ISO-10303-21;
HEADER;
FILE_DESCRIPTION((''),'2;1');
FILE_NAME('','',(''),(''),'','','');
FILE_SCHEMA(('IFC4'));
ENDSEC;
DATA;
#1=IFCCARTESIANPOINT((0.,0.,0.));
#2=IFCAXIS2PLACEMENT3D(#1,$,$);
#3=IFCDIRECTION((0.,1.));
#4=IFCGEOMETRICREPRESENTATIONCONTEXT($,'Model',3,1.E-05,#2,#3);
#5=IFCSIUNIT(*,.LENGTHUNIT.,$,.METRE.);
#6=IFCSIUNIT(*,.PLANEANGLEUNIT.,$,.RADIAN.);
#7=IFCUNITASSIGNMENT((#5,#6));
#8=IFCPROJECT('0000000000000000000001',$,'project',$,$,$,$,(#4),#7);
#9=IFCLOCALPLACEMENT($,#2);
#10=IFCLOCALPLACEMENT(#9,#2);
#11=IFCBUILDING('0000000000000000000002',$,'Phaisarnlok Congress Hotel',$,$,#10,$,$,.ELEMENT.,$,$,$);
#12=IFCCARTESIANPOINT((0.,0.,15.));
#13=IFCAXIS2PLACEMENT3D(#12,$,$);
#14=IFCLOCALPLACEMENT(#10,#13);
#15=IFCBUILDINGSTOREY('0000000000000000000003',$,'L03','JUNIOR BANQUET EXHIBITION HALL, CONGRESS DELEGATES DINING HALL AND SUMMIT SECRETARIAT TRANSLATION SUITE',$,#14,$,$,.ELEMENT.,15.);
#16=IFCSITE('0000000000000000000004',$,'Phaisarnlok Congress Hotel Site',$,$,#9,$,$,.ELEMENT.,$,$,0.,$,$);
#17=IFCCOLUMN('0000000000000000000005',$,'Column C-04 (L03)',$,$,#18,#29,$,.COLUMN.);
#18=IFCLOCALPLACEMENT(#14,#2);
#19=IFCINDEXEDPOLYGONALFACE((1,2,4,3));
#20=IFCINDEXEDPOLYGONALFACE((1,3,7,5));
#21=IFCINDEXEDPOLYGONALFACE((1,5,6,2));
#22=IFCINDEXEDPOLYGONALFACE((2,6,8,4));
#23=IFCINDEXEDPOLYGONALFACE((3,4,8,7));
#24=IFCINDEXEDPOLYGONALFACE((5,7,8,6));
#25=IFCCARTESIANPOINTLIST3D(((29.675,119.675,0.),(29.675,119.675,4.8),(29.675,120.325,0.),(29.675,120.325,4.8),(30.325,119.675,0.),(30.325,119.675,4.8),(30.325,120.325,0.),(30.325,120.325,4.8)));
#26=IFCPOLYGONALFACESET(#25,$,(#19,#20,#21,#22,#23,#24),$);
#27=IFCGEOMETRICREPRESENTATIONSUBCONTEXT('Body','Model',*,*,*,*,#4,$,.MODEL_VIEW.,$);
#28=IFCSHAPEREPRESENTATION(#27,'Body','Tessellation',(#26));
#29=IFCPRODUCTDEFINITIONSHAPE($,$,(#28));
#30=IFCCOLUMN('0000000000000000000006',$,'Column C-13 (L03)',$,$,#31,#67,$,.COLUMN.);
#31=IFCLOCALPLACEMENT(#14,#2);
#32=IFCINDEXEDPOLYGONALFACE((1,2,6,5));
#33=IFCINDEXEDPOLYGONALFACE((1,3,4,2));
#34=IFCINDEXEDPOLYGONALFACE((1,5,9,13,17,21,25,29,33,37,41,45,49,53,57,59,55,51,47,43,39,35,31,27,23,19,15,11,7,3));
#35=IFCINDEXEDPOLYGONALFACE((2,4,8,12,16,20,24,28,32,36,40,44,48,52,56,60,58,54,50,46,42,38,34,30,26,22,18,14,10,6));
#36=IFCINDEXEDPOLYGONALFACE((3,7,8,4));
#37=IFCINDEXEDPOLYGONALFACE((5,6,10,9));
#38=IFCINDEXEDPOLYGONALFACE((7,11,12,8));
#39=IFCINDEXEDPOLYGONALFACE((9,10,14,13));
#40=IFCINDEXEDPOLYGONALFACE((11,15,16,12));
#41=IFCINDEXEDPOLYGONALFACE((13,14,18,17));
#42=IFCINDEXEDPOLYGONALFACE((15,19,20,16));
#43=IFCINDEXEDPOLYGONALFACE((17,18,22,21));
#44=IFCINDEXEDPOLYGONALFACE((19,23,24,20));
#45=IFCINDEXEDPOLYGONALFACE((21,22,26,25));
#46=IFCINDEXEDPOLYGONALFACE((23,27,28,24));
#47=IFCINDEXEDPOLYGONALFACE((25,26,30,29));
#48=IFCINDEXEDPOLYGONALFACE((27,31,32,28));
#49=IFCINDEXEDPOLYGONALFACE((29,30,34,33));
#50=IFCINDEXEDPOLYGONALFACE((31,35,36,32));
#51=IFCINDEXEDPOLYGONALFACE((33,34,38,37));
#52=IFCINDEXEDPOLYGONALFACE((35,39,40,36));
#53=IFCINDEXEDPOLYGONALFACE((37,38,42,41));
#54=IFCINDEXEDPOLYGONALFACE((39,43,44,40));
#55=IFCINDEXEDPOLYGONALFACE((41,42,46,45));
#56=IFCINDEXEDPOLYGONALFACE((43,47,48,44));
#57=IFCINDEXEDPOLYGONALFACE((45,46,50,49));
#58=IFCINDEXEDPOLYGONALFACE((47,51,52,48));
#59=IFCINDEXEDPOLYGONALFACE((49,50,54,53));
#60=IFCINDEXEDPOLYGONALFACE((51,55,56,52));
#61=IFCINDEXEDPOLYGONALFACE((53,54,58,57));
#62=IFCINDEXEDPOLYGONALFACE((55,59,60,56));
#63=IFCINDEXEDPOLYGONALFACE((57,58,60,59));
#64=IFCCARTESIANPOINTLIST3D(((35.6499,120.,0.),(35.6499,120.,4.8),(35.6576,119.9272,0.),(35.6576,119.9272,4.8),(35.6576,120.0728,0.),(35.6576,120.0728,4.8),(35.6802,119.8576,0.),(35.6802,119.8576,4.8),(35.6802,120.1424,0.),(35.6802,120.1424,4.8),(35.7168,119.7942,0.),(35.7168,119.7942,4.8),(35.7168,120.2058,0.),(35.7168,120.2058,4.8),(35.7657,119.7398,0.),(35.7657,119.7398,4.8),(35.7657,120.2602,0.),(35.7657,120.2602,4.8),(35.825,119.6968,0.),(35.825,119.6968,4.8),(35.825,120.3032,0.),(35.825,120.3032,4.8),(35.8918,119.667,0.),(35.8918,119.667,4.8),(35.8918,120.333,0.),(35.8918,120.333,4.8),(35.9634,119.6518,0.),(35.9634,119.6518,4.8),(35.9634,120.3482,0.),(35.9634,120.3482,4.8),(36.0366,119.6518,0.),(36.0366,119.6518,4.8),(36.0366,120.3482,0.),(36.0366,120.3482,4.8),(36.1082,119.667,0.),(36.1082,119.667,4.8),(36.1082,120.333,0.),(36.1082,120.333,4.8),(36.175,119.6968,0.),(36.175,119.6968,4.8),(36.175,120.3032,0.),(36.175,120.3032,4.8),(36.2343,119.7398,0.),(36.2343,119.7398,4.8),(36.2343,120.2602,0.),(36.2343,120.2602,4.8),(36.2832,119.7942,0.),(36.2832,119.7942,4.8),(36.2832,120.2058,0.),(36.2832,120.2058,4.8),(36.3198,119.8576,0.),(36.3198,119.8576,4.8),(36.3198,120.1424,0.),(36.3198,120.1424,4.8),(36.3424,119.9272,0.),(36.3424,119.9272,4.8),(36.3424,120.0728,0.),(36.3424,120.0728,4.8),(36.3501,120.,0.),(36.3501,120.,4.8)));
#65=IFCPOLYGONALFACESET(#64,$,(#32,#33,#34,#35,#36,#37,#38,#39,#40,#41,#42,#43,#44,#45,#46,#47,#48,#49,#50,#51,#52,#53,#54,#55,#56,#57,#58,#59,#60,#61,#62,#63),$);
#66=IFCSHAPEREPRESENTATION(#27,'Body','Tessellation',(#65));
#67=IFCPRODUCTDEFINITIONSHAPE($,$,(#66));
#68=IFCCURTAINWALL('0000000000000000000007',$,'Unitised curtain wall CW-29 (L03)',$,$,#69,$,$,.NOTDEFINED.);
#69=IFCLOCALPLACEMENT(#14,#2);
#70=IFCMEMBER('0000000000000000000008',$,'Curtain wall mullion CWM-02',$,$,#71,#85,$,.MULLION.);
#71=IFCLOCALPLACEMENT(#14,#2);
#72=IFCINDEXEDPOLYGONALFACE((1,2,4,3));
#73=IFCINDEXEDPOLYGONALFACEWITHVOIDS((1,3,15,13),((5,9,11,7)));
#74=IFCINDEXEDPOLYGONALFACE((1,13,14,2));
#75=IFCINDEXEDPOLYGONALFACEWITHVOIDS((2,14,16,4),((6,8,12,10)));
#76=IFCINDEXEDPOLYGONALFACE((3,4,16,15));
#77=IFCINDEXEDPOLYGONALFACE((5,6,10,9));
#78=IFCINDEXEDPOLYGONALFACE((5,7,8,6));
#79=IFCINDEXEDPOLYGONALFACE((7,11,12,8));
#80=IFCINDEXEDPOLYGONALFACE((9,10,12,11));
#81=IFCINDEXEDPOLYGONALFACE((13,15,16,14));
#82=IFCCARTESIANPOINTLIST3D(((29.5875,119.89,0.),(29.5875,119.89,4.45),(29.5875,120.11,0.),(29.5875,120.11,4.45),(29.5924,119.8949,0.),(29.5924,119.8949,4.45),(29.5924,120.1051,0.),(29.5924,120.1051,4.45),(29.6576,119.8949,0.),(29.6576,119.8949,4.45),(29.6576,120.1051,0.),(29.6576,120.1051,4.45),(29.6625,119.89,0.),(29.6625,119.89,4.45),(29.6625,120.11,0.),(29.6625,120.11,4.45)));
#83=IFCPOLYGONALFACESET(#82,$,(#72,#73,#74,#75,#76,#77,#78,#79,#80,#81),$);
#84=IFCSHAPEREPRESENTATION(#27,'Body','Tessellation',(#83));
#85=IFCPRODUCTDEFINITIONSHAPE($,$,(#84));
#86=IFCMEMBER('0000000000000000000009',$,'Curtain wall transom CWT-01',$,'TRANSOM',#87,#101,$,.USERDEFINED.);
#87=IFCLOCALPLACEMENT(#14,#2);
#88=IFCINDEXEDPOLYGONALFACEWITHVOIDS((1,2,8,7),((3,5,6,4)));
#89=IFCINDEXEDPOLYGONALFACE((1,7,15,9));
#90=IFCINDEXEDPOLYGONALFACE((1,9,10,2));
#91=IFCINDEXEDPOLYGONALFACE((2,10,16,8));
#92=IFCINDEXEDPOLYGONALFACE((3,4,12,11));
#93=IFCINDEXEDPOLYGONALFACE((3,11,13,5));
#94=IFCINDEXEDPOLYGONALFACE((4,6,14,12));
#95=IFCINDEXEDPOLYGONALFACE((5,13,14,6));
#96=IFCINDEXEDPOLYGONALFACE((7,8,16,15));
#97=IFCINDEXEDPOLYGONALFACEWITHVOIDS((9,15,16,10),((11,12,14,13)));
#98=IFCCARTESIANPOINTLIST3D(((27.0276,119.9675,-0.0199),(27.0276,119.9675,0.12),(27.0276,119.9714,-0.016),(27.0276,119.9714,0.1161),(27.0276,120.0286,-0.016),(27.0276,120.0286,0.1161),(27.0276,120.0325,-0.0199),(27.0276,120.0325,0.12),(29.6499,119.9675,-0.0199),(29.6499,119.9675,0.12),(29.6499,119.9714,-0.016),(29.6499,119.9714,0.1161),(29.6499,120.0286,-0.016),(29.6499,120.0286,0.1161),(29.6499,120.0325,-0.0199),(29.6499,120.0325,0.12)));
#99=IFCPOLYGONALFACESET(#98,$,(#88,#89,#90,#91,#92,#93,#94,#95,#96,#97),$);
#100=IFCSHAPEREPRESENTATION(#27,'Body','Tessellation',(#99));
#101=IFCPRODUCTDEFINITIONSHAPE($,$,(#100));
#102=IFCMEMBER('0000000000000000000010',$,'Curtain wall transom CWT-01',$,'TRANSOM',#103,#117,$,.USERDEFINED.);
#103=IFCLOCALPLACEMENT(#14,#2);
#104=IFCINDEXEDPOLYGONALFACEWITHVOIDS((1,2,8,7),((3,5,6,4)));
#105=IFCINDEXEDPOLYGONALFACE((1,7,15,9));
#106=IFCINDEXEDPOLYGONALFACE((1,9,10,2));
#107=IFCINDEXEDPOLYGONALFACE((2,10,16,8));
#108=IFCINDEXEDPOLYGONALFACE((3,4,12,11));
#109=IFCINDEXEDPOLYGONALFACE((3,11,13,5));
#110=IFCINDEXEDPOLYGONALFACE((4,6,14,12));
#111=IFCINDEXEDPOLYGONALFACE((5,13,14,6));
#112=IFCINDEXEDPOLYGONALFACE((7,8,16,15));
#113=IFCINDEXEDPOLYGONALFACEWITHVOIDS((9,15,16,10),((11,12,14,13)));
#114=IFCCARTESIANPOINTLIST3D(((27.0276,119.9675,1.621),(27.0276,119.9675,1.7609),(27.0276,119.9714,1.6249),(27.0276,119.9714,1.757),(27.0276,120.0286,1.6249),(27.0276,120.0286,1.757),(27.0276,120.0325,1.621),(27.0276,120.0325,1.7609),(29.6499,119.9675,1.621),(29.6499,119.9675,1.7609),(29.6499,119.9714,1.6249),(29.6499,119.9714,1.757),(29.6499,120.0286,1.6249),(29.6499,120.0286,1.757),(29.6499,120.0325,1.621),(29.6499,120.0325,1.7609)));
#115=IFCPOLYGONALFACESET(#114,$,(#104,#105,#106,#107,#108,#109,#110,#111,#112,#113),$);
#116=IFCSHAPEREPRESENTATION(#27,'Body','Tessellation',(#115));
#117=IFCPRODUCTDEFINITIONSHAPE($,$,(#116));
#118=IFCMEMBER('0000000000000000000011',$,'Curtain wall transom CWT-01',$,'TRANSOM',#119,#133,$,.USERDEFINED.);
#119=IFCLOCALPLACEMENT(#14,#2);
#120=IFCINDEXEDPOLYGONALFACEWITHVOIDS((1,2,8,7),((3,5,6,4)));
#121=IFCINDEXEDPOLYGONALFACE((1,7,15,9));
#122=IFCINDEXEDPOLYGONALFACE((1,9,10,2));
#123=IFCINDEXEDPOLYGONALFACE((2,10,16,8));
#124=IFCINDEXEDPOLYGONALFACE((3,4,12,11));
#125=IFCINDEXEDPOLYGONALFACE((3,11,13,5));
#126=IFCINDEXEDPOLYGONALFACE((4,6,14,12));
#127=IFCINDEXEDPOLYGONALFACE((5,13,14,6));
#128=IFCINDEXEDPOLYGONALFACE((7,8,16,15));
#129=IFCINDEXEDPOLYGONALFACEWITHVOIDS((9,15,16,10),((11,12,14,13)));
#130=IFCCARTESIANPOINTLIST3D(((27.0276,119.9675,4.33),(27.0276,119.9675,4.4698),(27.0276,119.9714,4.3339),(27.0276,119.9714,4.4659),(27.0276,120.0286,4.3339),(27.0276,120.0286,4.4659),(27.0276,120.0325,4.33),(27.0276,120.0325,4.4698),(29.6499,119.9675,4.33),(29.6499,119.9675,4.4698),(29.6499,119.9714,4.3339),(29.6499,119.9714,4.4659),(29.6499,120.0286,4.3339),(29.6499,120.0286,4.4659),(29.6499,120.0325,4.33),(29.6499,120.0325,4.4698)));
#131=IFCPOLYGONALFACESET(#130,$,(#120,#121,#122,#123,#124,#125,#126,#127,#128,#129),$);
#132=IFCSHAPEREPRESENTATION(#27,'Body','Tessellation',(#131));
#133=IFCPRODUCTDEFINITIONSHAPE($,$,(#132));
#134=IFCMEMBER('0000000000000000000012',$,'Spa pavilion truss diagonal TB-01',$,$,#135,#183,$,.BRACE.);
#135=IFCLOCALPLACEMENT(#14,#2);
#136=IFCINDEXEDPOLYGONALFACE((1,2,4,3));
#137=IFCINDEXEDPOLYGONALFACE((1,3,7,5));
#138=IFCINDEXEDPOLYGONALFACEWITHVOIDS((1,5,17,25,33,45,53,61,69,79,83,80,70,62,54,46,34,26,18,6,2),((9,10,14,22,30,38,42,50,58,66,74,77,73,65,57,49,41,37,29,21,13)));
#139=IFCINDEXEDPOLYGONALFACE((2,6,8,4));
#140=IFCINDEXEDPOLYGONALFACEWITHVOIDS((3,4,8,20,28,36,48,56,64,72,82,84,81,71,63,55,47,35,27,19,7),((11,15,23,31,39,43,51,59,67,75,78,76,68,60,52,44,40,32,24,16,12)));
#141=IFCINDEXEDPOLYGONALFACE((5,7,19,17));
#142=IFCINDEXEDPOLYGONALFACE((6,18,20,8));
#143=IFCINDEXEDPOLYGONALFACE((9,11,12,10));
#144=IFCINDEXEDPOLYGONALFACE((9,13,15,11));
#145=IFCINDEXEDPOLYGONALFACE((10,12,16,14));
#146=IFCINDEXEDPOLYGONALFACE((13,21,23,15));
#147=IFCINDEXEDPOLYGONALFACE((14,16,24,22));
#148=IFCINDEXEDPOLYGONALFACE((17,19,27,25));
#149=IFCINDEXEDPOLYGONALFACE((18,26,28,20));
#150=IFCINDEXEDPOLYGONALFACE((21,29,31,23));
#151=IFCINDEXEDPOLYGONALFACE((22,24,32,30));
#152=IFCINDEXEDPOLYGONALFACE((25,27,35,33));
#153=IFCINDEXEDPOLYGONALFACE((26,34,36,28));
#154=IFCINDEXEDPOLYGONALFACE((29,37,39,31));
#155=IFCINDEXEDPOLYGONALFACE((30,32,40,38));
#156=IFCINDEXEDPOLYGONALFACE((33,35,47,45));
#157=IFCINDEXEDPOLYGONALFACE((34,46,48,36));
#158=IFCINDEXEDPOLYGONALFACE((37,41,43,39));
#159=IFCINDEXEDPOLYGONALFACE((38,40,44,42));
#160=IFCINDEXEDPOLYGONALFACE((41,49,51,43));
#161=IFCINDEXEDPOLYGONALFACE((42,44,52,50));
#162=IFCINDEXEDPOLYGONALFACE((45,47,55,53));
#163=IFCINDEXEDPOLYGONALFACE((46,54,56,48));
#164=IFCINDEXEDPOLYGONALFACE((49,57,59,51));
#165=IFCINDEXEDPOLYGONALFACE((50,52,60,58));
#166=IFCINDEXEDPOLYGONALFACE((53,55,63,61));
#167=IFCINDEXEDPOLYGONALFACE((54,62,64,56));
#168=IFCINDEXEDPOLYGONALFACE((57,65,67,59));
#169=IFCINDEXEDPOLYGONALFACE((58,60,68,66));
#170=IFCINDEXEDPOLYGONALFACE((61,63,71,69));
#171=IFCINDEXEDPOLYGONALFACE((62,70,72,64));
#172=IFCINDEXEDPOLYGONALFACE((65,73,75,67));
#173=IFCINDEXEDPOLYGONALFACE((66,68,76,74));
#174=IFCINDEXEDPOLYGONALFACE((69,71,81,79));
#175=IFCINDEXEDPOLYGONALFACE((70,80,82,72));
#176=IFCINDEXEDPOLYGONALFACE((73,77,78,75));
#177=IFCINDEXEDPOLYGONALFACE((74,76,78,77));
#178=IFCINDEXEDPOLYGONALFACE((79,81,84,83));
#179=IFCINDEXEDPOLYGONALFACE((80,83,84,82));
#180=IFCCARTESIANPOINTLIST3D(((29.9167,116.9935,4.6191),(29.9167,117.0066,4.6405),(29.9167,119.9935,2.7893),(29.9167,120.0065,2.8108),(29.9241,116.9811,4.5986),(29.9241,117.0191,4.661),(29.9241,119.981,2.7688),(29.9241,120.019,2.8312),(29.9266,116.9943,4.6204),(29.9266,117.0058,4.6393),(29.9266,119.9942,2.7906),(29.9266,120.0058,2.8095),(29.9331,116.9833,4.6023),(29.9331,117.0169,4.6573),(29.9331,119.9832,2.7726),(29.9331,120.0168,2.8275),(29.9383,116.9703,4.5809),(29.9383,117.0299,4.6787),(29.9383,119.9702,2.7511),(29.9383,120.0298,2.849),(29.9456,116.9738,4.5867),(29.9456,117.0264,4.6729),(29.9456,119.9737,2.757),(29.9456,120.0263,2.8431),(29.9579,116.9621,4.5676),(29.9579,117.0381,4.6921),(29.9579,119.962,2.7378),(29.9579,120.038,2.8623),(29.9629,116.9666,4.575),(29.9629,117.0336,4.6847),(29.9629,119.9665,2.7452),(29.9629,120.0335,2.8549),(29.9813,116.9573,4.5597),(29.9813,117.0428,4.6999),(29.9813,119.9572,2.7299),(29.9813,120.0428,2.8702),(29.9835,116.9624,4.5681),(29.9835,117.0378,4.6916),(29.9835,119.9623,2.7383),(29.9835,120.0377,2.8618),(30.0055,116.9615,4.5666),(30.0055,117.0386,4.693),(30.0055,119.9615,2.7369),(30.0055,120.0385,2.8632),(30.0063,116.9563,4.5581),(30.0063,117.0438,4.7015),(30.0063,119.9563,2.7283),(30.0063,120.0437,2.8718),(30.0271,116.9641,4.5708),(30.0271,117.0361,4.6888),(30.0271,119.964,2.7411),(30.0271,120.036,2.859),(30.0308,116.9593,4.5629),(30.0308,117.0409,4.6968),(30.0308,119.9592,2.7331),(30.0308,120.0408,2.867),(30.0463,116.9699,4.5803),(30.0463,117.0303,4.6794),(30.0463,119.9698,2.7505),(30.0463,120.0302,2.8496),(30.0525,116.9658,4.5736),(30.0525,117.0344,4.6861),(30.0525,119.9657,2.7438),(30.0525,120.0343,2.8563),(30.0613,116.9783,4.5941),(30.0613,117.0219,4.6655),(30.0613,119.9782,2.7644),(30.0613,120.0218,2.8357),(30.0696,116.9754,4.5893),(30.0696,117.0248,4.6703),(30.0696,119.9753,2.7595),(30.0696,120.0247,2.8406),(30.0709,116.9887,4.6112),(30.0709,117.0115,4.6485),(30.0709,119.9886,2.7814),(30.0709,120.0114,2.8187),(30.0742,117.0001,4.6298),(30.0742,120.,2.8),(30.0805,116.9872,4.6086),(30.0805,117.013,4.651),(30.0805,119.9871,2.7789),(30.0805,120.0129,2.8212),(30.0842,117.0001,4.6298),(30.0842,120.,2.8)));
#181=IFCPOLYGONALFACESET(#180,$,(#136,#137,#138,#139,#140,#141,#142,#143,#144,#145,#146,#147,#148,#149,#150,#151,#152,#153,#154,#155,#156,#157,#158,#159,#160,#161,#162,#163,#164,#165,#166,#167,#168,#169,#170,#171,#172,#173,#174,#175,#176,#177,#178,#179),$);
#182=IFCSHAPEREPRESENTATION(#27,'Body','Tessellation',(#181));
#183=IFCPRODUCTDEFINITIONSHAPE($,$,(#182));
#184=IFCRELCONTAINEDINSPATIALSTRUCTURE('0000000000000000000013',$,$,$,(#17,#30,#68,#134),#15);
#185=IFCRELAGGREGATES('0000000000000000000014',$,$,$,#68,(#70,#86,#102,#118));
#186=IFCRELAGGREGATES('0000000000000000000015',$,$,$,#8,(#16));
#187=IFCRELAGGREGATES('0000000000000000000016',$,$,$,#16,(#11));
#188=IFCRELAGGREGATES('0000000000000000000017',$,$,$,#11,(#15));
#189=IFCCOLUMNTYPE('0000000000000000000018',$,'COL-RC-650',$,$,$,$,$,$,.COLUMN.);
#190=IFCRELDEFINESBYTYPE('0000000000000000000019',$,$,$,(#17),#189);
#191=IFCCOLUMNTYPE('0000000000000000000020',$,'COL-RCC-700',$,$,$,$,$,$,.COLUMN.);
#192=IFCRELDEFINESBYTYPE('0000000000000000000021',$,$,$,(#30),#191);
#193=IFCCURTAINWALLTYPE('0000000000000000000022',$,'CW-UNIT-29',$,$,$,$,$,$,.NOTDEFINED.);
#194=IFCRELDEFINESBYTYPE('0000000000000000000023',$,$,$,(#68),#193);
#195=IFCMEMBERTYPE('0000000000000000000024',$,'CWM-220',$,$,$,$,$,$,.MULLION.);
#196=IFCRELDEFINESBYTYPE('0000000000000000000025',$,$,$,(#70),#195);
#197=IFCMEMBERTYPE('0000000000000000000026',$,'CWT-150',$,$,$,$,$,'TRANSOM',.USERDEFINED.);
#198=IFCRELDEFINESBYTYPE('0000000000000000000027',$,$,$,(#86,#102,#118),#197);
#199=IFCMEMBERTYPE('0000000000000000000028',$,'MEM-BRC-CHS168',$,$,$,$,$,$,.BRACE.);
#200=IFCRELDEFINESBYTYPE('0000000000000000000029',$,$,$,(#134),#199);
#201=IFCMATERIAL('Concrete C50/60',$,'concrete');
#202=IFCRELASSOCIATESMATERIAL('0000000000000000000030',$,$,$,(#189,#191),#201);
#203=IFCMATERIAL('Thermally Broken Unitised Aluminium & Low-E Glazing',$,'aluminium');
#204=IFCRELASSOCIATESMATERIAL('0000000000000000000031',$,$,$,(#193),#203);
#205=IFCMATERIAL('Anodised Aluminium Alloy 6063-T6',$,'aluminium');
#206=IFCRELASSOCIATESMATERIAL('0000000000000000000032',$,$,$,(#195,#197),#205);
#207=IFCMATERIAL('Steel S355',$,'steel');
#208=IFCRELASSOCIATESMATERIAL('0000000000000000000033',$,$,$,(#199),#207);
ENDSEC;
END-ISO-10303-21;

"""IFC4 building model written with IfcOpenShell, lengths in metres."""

from ifc_helpers import new_model, si_unit, direction, frame, origin, origin_2d, place, context, subcontext, project, spatial, rectangle, hollow_rectangle, circle, hollow_circle, extrude, material, material_profile, profile_set, type_object, element, aggregate, save


model = new_model("IFC4")

# Units and contexts
model_context = context("Model", 3, precision=1e-05, world=origin(), true_north=direction((0.0, 1.0)))
body_context = subcontext(model_context, "Body", "Model", "MODEL_VIEW")
ifc_project = project(units=[si_unit("LENGTHUNIT", "METRE"), si_unit("PLANEANGLEUNIT", "RADIAN")], contexts=[model_context])

# Site, building, storey
site_placement = place(None, origin())
site = spatial("IfcSite", under=ifc_project, at=site_placement, Name="Phaisarnlok Congress Hotel Site", CompositionType="ELEMENT", RefElevation=0.0)
building_placement = place(site_placement, origin())
building = spatial("IfcBuilding", under=site, at=building_placement, Name="Phaisarnlok Congress Hotel", CompositionType="ELEMENT")
storey_placement = place(building_placement, frame((0.0, 0.0, 15.0)))
storey = spatial("IfcBuildingStorey", under=building, at=storey_placement, Name="L03", Description="JUNIOR BANQUET EXHIBITION HALL, CONGRESS DELEGATES DINING HALL AND SUMMIT SECRETARIAT TRANSLATION SUITE", CompositionType="ELEMENT", Elevation=15.0)

# Columns
ifc_material_1 = material(Name="Concrete C50/60", Category="concrete")
ifc_material_profile_1 = material_profile(ifc_material_1, rectangle(XDim=0.6499, YDim=0.6499, at=origin_2d()), Name="RC 650x650")
ifc_profile_set_1 = profile_set([ifc_material_profile_1], Name="Concrete C50/60")
column_type_1 = type_object("IfcColumnType", Name="COL-RC-650", PredefinedType="COLUMN", material=ifc_profile_set_1)
column_1_placement = place(storey_placement, frame((30.0, 120.0, 0.0), z_axis=(0.0, 0.0, 1.0), x_axis=(1.0, 0.0, 0.0)))
element("IfcColumn", 1, at=column_1_placement, inside=storey, type_object=column_type_1, Name="Column C-04 (L03)", PredefinedType="COLUMN", context=body_context, shape_type="SweptSolid", body=[
    extrude(rectangle(XDim=0.6499, YDim=0.6499, at=origin_2d()), origin(), (0.0, 0.0, 1.0), 4.8),
])
ifc_material_profile_2 = material_profile(ifc_material_1, circle(Radius=0.3501, at=origin_2d()), Name="RCC D700")
ifc_profile_set_2 = profile_set([ifc_material_profile_2], Name="Concrete C50/60")
column_type_2 = type_object("IfcColumnType", Name="COL-RCC-700", PredefinedType="COLUMN", material=ifc_profile_set_2)
column_2_placement = place(storey_placement, frame((36.0, 120.0, 0.0), z_axis=(0.0, 0.0, 1.0), x_axis=(1.0, 0.0, 0.0)))
element("IfcColumn", 2, at=column_2_placement, inside=storey, type_object=column_type_2, Name="Column C-13 (L03)", PredefinedType="COLUMN", context=body_context, shape_type="SweptSolid", body=[
    extrude(circle(Radius=0.3501, at=origin_2d()), origin(), (0.0, 0.0, 1.0), 4.8),
])

# Curtain wall, members
ifc_material_2 = material(Name="Thermally Broken Unitised Aluminium & Low-E Glazing", Category="aluminium")
curtain_wall_type = type_object("IfcCurtainWallType", Name="CW-UNIT-29", PredefinedType="NOTDEFINED", material=ifc_material_2)
curtain_wall_placement = place(storey_placement, origin())
curtain_wall = element("IfcCurtainWall", 3, at=curtain_wall_placement, inside=storey, type_object=curtain_wall_type, Name="Unitised curtain wall CW-29 (L03)", PredefinedType="NOTDEFINED")
ifc_material_3 = material(Name="Anodised Aluminium Alloy 6063-T6", Category="aluminium")
ifc_material_profile_3 = material_profile(ifc_material_3, hollow_rectangle(XDim=0.075, YDim=0.22, WallThickness=0.0049, at=origin_2d()), Name="ALU-M 75x220x5")
ifc_profile_set_3 = profile_set([ifc_material_profile_3], Name="Anodised Aluminium Alloy 6063-T6")
member_type_1 = type_object("IfcMemberType", Name="CWM-220", PredefinedType="MULLION", material=ifc_profile_set_3)
member_1_placement = place(storey_placement, frame((29.625, 120.0, 0.0), z_axis=(0.0, 0.0, 1.0), x_axis=(-1.0, 0.0, 0.0)))
member_1 = element("IfcMember", 4, at=member_1_placement, type_object=member_type_1, Name="Curtain wall mullion CWM-02", PredefinedType="MULLION", context=body_context, shape_type="SweptSolid", body=[
    extrude(hollow_rectangle(XDim=0.075, YDim=0.22, WallThickness=0.0049, at=origin_2d()), origin(), (0.0, 0.0, 1.0), 4.45),
])
ifc_material_profile_4 = material_profile(ifc_material_3, hollow_rectangle(XDim=0.0649, YDim=0.1399, WallThickness=0.0039, at=origin_2d()), Name="ALU-T 65x140x4")
ifc_profile_set_4 = profile_set([ifc_material_profile_4], Name="Anodised Aluminium Alloy 6063-T6")
member_type_2 = type_object("IfcMemberType", Name="CWT-150", ElementType="TRANSOM", PredefinedType="USERDEFINED", material=ifc_profile_set_4)
member_2_placement = place(storey_placement, frame((29.6499, 120.0, 0.05), z_axis=(-1.0, 0.0, 0.0), x_axis=(0.0, -1.0, 0.0)))
member_2 = element("IfcMember", 5, at=member_2_placement, type_object=member_type_2, Name="Curtain wall transom CWT-01", ObjectType="TRANSOM", PredefinedType="USERDEFINED", context=body_context, shape_type="SweptSolid", body=[
    extrude(hollow_rectangle(XDim=0.0649, YDim=0.1399, WallThickness=0.0039, at=origin_2d()), origin(), (0.0, 0.0, 1.0), 2.6223),
])
member_3_placement = place(storey_placement, frame((29.6499, 120.0, 1.6909), z_axis=(-1.0, 0.0, 0.0), x_axis=(0.0, -1.0, 0.0)))
member_3 = element("IfcMember", 6, at=member_3_placement, type_object=member_type_2, Name="Curtain wall transom CWT-01", ObjectType="TRANSOM", PredefinedType="USERDEFINED", context=body_context, shape_type="SweptSolid", body=[
    extrude(hollow_rectangle(XDim=0.0649, YDim=0.1399, WallThickness=0.0039, at=origin_2d()), origin(), (0.0, 0.0, 1.0), 2.6223),
])
member_4_placement = place(storey_placement, frame((29.6499, 120.0, 4.3999), z_axis=(-1.0, 0.0, 0.0), x_axis=(0.0, -1.0, 0.0)))
member_4 = element("IfcMember", 7, at=member_4_placement, type_object=member_type_2, Name="Curtain wall transom CWT-01", ObjectType="TRANSOM", PredefinedType="USERDEFINED", context=body_context, shape_type="SweptSolid", body=[
    extrude(hollow_rectangle(XDim=0.0649, YDim=0.1399, WallThickness=0.0039, at=origin_2d()), origin(), (0.0, 0.0, 1.0), 2.6223),
])

# Member
ifc_material_4 = material(Name="Steel S355", Category="steel")
ifc_material_profile_5 = material_profile(ifc_material_4, hollow_circle(Radius=0.0842, WallThickness=0.01, at=origin_2d()), Name="CHS 168.3x10")
ifc_profile_set_5 = profile_set([ifc_material_profile_5], Name="Steel S355")
member_type_3 = type_object("IfcMemberType", Name="MEM-BRC-CHS168", PredefinedType="BRACE", material=ifc_profile_set_5)
member_5_placement = place(storey_placement, frame((30.0, 120.0, 2.8), z_axis=(0.0, -0.853725, 0.520725), x_axis=(1.0, 0.0, 0.0)))
element("IfcMember", 8, at=member_5_placement, inside=storey, type_object=member_type_3, Name="Spa pavilion truss diagonal TB-01", PredefinedType="BRACE", context=body_context, shape_type="SweptSolid", body=[
    extrude(hollow_circle(Radius=0.0842, WallThickness=0.01, at=origin_2d()), origin(), (0.0, 0.0, 1.0), 3.5139),
])

aggregate(curtain_wall, [member_1, member_2, member_3, member_4])

save(model, "model.ifc")
